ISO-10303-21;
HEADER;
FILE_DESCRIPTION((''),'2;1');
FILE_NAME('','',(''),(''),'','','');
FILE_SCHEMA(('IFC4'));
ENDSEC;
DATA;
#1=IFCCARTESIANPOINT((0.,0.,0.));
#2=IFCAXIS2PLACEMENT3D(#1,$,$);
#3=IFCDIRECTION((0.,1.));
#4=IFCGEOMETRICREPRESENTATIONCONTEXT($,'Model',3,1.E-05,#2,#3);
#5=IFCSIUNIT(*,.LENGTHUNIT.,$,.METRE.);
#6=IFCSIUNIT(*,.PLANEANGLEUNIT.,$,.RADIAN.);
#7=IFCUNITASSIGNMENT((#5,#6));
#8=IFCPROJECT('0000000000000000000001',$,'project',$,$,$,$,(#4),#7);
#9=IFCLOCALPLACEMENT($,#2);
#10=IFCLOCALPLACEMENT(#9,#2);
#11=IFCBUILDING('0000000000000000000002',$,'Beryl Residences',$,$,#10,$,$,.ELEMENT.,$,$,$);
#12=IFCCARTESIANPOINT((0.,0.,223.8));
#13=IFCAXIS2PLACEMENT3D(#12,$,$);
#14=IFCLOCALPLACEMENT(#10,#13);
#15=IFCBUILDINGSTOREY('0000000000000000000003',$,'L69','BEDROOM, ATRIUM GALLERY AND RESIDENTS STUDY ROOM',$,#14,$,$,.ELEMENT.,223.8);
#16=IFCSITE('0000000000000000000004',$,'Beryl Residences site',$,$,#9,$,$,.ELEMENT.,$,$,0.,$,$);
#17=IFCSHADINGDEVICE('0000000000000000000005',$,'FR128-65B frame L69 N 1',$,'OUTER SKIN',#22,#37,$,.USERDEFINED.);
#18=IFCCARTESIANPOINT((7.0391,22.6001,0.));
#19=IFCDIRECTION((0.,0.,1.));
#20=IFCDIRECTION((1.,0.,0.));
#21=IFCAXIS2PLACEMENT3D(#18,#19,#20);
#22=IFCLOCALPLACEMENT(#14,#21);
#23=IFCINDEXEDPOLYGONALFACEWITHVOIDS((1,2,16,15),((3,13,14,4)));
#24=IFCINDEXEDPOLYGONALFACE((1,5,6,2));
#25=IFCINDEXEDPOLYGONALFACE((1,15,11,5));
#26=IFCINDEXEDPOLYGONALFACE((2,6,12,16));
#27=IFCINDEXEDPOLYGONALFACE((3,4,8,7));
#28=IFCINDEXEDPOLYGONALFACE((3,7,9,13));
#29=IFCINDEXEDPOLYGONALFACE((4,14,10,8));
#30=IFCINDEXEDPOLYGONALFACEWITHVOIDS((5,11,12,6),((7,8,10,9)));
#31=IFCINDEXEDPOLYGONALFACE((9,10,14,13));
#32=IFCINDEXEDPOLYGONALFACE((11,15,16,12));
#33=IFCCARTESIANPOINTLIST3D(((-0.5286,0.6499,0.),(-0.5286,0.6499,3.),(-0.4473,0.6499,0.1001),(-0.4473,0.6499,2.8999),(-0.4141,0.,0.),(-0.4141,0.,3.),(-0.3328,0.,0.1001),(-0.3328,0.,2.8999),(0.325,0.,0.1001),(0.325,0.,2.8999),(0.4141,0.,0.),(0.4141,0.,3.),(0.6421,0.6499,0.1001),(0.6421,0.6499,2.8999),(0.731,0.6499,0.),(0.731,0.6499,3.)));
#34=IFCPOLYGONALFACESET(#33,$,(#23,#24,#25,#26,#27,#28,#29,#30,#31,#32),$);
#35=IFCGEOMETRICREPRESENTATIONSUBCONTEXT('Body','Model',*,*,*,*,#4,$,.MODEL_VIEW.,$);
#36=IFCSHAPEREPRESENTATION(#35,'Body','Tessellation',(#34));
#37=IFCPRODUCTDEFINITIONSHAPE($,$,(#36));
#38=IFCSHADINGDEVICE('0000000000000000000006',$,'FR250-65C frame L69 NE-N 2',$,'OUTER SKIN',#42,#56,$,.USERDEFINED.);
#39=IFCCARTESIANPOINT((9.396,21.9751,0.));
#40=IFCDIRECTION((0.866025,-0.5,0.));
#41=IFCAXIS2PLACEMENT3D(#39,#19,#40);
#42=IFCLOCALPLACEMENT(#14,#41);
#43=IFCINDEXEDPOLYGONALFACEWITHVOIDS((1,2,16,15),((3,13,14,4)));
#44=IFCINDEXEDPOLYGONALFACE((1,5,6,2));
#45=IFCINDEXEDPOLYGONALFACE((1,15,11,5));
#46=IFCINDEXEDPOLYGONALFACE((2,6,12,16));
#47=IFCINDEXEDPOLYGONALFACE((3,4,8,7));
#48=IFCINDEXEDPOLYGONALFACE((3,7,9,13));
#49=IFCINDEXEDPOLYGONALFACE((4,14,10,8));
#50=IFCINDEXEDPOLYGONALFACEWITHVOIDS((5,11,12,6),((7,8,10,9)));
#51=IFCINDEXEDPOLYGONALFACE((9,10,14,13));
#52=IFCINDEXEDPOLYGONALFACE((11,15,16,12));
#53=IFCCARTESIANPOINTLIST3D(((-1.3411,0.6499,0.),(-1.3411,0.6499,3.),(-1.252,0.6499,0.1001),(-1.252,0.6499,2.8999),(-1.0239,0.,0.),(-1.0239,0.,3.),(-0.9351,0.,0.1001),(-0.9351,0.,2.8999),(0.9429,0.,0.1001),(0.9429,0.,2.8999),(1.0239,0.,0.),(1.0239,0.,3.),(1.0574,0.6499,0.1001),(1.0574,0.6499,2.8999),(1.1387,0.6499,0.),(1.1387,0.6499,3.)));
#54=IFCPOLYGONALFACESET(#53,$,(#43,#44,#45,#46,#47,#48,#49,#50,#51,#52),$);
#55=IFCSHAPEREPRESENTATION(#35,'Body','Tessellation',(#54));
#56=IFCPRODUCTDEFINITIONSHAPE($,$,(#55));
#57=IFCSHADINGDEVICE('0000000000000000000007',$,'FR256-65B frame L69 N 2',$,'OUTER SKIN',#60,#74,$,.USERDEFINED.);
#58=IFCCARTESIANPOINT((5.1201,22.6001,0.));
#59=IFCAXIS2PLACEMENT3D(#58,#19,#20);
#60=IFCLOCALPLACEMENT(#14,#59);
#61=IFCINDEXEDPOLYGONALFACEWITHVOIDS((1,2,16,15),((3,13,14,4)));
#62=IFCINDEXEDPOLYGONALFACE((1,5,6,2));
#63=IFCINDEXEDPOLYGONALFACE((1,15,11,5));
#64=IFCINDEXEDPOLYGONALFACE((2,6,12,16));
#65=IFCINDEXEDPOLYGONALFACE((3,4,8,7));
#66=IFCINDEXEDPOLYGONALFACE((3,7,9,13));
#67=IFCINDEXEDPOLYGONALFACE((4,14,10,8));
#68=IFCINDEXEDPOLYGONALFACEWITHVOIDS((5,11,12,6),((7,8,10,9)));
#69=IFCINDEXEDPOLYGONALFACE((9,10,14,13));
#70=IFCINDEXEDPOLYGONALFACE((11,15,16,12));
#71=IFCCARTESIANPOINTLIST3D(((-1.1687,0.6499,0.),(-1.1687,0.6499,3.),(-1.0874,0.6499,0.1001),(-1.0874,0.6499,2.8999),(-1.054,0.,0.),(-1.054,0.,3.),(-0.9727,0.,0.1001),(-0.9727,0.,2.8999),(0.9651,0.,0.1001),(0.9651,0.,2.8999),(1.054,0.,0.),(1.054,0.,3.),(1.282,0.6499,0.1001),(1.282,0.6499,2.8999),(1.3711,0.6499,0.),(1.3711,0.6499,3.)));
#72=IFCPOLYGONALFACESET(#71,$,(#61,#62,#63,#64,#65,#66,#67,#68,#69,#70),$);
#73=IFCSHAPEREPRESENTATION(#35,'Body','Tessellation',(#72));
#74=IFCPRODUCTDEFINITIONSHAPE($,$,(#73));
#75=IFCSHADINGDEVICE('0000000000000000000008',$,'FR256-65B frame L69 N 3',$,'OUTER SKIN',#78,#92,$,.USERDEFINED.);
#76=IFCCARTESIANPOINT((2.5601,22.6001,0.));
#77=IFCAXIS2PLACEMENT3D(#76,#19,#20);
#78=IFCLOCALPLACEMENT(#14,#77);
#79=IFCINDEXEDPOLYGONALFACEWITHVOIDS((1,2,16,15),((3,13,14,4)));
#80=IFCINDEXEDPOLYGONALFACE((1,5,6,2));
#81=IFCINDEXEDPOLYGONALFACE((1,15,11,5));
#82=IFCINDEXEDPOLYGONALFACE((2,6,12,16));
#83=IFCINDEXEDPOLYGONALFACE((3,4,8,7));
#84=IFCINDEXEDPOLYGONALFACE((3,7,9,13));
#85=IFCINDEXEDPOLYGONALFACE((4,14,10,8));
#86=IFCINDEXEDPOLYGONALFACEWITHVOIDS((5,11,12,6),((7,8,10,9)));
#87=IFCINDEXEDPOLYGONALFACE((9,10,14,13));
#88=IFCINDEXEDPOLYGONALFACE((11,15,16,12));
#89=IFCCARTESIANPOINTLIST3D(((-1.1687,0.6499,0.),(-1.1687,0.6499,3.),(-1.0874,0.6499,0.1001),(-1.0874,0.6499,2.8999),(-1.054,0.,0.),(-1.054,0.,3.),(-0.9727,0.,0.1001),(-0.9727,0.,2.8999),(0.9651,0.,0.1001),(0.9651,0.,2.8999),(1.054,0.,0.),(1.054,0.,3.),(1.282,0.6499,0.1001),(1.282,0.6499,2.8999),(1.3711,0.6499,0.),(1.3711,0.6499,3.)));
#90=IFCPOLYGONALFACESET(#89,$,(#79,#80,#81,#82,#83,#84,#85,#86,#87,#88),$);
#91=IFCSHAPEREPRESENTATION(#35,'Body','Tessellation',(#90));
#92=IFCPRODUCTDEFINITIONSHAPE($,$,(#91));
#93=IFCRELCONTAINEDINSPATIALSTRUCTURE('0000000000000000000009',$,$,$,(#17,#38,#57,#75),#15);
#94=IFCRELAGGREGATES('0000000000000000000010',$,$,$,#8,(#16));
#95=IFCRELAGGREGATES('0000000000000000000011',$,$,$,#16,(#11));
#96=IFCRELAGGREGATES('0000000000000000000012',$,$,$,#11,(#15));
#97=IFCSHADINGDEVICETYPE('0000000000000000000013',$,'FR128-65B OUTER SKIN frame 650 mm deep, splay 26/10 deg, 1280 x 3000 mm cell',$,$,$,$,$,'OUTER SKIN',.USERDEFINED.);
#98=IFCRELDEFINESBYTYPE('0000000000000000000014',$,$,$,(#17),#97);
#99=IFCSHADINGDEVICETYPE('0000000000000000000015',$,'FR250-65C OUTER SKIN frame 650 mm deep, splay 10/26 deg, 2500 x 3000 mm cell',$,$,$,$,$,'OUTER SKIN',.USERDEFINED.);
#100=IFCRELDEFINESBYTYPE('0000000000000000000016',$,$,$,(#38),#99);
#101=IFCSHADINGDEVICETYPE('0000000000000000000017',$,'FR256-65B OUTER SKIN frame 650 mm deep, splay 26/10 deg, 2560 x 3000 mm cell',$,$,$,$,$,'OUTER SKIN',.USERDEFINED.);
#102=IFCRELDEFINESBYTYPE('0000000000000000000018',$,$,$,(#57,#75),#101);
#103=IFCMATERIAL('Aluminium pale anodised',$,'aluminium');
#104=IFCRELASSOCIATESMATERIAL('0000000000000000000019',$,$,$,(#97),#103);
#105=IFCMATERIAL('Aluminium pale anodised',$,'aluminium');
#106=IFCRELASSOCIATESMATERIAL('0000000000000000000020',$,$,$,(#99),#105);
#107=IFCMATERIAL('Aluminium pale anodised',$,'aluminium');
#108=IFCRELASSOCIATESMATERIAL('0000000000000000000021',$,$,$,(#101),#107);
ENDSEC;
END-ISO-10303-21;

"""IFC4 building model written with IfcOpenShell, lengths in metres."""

from ifc_helpers import new_model, entity, si_unit, direction, frame, origin, place, context, subcontext, project, spatial, source, transform, mapped, material, type_object, type_shapes, element, save


model = new_model("IFC4")

# Units and contexts
model_context = context("Model", 3, precision=1e-05, world=origin(), true_north=direction((0.0, 1.0)))
body_context = subcontext(model_context, "Body", "Model", "MODEL_VIEW")
ifc_project = project(units=[si_unit("LENGTHUNIT", "METRE"), si_unit("PLANEANGLEUNIT", "RADIAN")], contexts=[model_context])

# Site, building, storey
site_placement = place(None, origin())
site = spatial("IfcSite", under=ifc_project, at=site_placement, Name="Beryl Residences site", CompositionType="ELEMENT", RefElevation=0.0)
building_placement = place(site_placement, origin())
building = spatial("IfcBuilding", under=site, at=building_placement, Name="Beryl Residences", CompositionType="ELEMENT")
storey_placement = place(building_placement, frame((0.0, 0.0, 223.8)))
storey = spatial("IfcBuildingStorey", under=building, at=storey_placement, Name="L69", Description="BEDROOM, ATRIUM GALLERY AND RESIDENTS STUDY ROOM", CompositionType="ELEMENT", Elevation=223.8)

# Shading devices
ifc_material_1 = material(Name="Aluminium pale anodised", Category="aluminium")
shading_device_type_1 = type_object("IfcShadingDeviceType", Name="FR128-65B OUTER SKIN frame 650 mm deep, splay 26/10 deg, 1280 x 3000 mm cell", ElementType="OUTER SKIN", PredefinedType="USERDEFINED", material=ifc_material_1)
cartesian_point_1 = entity("IfcCartesianPoint", [-0.4141, 0.0])
cartesian_point_2 = entity("IfcCartesianPoint", [-0.325, 0.1001])
cartesian_point_3 = entity("IfcCartesianPoint", [-0.731, 0.0])
cartesian_point_4 = entity("IfcCartesianPoint", [-0.6421, 0.1001])
shared_shape_1 = source(origin(), body_context, "Body", "SweptSolid", [
    entity("IfcExtrudedAreaSolidTapered", entity("IfcArbitraryProfileDefWithVoids", "AREA", None, entity("IfcPolyline", [cartesian_point_1, entity("IfcCartesianPoint", [0.4141, 0.0]), entity("IfcCartesianPoint", [0.4141, 3.0]), entity("IfcCartesianPoint", [-0.4141, 3.0]), cartesian_point_1]), [entity("IfcPolyline", [cartesian_point_2, entity("IfcCartesianPoint", [0.3328, 0.1001]), entity("IfcCartesianPoint", [0.3328, 2.8999]), entity("IfcCartesianPoint", [-0.325, 2.8999]), cartesian_point_2])]), entity("IfcAxis2Placement3D", entity("IfcCartesianPoint", [0.0, 0.0, 0.0]), entity("IfcDirection", [0.0, 1.0, 0.0]), entity("IfcDirection", [-1.0, 0.0, 0.0])), entity("IfcDirection", [0.0, 0.0, 1.0]), 0.6499, entity("IfcArbitraryProfileDefWithVoids", "AREA", None, entity("IfcPolyline", [cartesian_point_3, entity("IfcCartesianPoint", [0.5286, 0.0]), entity("IfcCartesianPoint", [0.5286, 3.0]), entity("IfcCartesianPoint", [-0.731, 3.0]), cartesian_point_3]), [entity("IfcPolyline", [cartesian_point_4, entity("IfcCartesianPoint", [0.4473, 0.1001]), entity("IfcCartesianPoint", [0.4473, 2.8999]), entity("IfcCartesianPoint", [-0.6421, 2.8999]), cartesian_point_4])])),
])
type_shapes(shading_device_type_1, [shared_shape_1])
shading_device_1_placement = place(storey_placement, frame((7.0391, 22.6001, 0.0), z_axis=(0.0, 0.0, 1.0), x_axis=(1.0, 0.0, 0.0)))
element("IfcShadingDevice", 1, at=shading_device_1_placement, inside=storey, type_object=shading_device_type_1, Name="FR128-65B frame L69 N 1", ObjectType="OUTER SKIN", PredefinedType="USERDEFINED", context=body_context, shape_type="MappedRepresentation", body=[
    mapped(shared_shape_1, transform((0.0, 0.0, 0.0))),
])
ifc_material_2 = material(Name="Aluminium pale anodised", Category="aluminium")
shading_device_type_2 = type_object("IfcShadingDeviceType", Name="FR250-65C OUTER SKIN frame 650 mm deep, splay 10/26 deg, 2500 x 3000 mm cell", ElementType="OUTER SKIN", PredefinedType="USERDEFINED", material=ifc_material_2)
cartesian_point_5 = entity("IfcCartesianPoint", [-1.0239, 0.0])
cartesian_point_6 = entity("IfcCartesianPoint", [-0.9429, 0.1001])
cartesian_point_7 = entity("IfcCartesianPoint", [-1.1387, 0.0])
cartesian_point_8 = entity("IfcCartesianPoint", [-1.0574, 0.1001])
shared_shape_2 = source(origin(), body_context, "Body", "SweptSolid", [
    entity("IfcExtrudedAreaSolidTapered", entity("IfcArbitraryProfileDefWithVoids", "AREA", None, entity("IfcPolyline", [cartesian_point_5, entity("IfcCartesianPoint", [1.0239, 0.0]), entity("IfcCartesianPoint", [1.0239, 3.0]), entity("IfcCartesianPoint", [-1.0239, 3.0]), cartesian_point_5]), [entity("IfcPolyline", [cartesian_point_6, entity("IfcCartesianPoint", [0.9351, 0.1001]), entity("IfcCartesianPoint", [0.9351, 2.8999]), entity("IfcCartesianPoint", [-0.9429, 2.8999]), cartesian_point_6])]), entity("IfcAxis2Placement3D", entity("IfcCartesianPoint", [0.0, 0.0, 0.0]), entity("IfcDirection", [0.0, 1.0, 0.0]), entity("IfcDirection", [-1.0, 0.0, 0.0])), entity("IfcDirection", [0.0, 0.0, 1.0]), 0.6499, entity("IfcArbitraryProfileDefWithVoids", "AREA", None, entity("IfcPolyline", [cartesian_point_7, entity("IfcCartesianPoint", [1.3411, 0.0]), entity("IfcCartesianPoint", [1.3411, 3.0]), entity("IfcCartesianPoint", [-1.1387, 3.0]), cartesian_point_7]), [entity("IfcPolyline", [cartesian_point_8, entity("IfcCartesianPoint", [1.252, 0.1001]), entity("IfcCartesianPoint", [1.252, 2.8999]), entity("IfcCartesianPoint", [-1.0574, 2.8999]), cartesian_point_8])])),
])
type_shapes(shading_device_type_2, [shared_shape_2])
shading_device_2_placement = place(storey_placement, frame((9.396, 21.9751, 0.0), z_axis=(0.0, 0.0, 1.0), x_axis=(0.866025, -0.5, 0.0)))
element("IfcShadingDevice", 2, at=shading_device_2_placement, inside=storey, type_object=shading_device_type_2, Name="FR250-65C frame L69 NE-N 2", ObjectType="OUTER SKIN", PredefinedType="USERDEFINED", context=body_context, shape_type="MappedRepresentation", body=[
    mapped(shared_shape_2, transform((0.0, 0.0, 0.0))),
])
ifc_material_3 = material(Name="Aluminium pale anodised", Category="aluminium")
shading_device_type_3 = type_object("IfcShadingDeviceType", Name="FR256-65B OUTER SKIN frame 650 mm deep, splay 26/10 deg, 2560 x 3000 mm cell", ElementType="OUTER SKIN", PredefinedType="USERDEFINED", material=ifc_material_3)
cartesian_point_9 = entity("IfcCartesianPoint", [-1.054, 0.0])
cartesian_point_10 = entity("IfcCartesianPoint", [-0.9651, 0.1001])
cartesian_point_11 = entity("IfcCartesianPoint", [-1.3711, 0.0])
cartesian_point_12 = entity("IfcCartesianPoint", [-1.282, 0.1001])
shared_shape_3 = source(origin(), body_context, "Body", "SweptSolid", [
    entity("IfcExtrudedAreaSolidTapered", entity("IfcArbitraryProfileDefWithVoids", "AREA", None, entity("IfcPolyline", [cartesian_point_9, entity("IfcCartesianPoint", [1.054, 0.0]), entity("IfcCartesianPoint", [1.054, 3.0]), entity("IfcCartesianPoint", [-1.054, 3.0]), cartesian_point_9]), [entity("IfcPolyline", [cartesian_point_10, entity("IfcCartesianPoint", [0.9727, 0.1001]), entity("IfcCartesianPoint", [0.9727, 2.8999]), entity("IfcCartesianPoint", [-0.9651, 2.8999]), cartesian_point_10])]), entity("IfcAxis2Placement3D", entity("IfcCartesianPoint", [0.0, 0.0, 0.0]), entity("IfcDirection", [0.0, 1.0, 0.0]), entity("IfcDirection", [-1.0, 0.0, 0.0])), entity("IfcDirection", [0.0, 0.0, 1.0]), 0.6499, entity("IfcArbitraryProfileDefWithVoids", "AREA", None, entity("IfcPolyline", [cartesian_point_11, entity("IfcCartesianPoint", [1.1687, 0.0]), entity("IfcCartesianPoint", [1.1687, 3.0]), entity("IfcCartesianPoint", [-1.3711, 3.0]), cartesian_point_11]), [entity("IfcPolyline", [cartesian_point_12, entity("IfcCartesianPoint", [1.0874, 0.1001]), entity("IfcCartesianPoint", [1.0874, 2.8999]), entity("IfcCartesianPoint", [-1.282, 2.8999]), cartesian_point_12])])),
])
type_shapes(shading_device_type_3, [shared_shape_3])
for number, where, z_axis, x_axis, name in (
    (3, (5.1201, 22.6001, 0.0), (0.0, 0.0, 1.0), (1.0, 0.0, 0.0), "FR256-65B frame L69 N 2"),
    (4, (2.5601, 22.6001, 0.0), (0.0, 0.0, 1.0), (1.0, 0.0, 0.0), "FR256-65B frame L69 N 3"),
):
    element("IfcShadingDevice", number, at=place(storey_placement, frame(where, z_axis=z_axis, x_axis=x_axis)), inside=storey, type_object=shading_device_type_3, Name=name, ObjectType="OUTER SKIN", PredefinedType="USERDEFINED", context=body_context, shape_type="MappedRepresentation", body=[
        mapped(shared_shape_3, transform((0.0, 0.0, 0.0))),
    ])

save(model, "model.ifc")
